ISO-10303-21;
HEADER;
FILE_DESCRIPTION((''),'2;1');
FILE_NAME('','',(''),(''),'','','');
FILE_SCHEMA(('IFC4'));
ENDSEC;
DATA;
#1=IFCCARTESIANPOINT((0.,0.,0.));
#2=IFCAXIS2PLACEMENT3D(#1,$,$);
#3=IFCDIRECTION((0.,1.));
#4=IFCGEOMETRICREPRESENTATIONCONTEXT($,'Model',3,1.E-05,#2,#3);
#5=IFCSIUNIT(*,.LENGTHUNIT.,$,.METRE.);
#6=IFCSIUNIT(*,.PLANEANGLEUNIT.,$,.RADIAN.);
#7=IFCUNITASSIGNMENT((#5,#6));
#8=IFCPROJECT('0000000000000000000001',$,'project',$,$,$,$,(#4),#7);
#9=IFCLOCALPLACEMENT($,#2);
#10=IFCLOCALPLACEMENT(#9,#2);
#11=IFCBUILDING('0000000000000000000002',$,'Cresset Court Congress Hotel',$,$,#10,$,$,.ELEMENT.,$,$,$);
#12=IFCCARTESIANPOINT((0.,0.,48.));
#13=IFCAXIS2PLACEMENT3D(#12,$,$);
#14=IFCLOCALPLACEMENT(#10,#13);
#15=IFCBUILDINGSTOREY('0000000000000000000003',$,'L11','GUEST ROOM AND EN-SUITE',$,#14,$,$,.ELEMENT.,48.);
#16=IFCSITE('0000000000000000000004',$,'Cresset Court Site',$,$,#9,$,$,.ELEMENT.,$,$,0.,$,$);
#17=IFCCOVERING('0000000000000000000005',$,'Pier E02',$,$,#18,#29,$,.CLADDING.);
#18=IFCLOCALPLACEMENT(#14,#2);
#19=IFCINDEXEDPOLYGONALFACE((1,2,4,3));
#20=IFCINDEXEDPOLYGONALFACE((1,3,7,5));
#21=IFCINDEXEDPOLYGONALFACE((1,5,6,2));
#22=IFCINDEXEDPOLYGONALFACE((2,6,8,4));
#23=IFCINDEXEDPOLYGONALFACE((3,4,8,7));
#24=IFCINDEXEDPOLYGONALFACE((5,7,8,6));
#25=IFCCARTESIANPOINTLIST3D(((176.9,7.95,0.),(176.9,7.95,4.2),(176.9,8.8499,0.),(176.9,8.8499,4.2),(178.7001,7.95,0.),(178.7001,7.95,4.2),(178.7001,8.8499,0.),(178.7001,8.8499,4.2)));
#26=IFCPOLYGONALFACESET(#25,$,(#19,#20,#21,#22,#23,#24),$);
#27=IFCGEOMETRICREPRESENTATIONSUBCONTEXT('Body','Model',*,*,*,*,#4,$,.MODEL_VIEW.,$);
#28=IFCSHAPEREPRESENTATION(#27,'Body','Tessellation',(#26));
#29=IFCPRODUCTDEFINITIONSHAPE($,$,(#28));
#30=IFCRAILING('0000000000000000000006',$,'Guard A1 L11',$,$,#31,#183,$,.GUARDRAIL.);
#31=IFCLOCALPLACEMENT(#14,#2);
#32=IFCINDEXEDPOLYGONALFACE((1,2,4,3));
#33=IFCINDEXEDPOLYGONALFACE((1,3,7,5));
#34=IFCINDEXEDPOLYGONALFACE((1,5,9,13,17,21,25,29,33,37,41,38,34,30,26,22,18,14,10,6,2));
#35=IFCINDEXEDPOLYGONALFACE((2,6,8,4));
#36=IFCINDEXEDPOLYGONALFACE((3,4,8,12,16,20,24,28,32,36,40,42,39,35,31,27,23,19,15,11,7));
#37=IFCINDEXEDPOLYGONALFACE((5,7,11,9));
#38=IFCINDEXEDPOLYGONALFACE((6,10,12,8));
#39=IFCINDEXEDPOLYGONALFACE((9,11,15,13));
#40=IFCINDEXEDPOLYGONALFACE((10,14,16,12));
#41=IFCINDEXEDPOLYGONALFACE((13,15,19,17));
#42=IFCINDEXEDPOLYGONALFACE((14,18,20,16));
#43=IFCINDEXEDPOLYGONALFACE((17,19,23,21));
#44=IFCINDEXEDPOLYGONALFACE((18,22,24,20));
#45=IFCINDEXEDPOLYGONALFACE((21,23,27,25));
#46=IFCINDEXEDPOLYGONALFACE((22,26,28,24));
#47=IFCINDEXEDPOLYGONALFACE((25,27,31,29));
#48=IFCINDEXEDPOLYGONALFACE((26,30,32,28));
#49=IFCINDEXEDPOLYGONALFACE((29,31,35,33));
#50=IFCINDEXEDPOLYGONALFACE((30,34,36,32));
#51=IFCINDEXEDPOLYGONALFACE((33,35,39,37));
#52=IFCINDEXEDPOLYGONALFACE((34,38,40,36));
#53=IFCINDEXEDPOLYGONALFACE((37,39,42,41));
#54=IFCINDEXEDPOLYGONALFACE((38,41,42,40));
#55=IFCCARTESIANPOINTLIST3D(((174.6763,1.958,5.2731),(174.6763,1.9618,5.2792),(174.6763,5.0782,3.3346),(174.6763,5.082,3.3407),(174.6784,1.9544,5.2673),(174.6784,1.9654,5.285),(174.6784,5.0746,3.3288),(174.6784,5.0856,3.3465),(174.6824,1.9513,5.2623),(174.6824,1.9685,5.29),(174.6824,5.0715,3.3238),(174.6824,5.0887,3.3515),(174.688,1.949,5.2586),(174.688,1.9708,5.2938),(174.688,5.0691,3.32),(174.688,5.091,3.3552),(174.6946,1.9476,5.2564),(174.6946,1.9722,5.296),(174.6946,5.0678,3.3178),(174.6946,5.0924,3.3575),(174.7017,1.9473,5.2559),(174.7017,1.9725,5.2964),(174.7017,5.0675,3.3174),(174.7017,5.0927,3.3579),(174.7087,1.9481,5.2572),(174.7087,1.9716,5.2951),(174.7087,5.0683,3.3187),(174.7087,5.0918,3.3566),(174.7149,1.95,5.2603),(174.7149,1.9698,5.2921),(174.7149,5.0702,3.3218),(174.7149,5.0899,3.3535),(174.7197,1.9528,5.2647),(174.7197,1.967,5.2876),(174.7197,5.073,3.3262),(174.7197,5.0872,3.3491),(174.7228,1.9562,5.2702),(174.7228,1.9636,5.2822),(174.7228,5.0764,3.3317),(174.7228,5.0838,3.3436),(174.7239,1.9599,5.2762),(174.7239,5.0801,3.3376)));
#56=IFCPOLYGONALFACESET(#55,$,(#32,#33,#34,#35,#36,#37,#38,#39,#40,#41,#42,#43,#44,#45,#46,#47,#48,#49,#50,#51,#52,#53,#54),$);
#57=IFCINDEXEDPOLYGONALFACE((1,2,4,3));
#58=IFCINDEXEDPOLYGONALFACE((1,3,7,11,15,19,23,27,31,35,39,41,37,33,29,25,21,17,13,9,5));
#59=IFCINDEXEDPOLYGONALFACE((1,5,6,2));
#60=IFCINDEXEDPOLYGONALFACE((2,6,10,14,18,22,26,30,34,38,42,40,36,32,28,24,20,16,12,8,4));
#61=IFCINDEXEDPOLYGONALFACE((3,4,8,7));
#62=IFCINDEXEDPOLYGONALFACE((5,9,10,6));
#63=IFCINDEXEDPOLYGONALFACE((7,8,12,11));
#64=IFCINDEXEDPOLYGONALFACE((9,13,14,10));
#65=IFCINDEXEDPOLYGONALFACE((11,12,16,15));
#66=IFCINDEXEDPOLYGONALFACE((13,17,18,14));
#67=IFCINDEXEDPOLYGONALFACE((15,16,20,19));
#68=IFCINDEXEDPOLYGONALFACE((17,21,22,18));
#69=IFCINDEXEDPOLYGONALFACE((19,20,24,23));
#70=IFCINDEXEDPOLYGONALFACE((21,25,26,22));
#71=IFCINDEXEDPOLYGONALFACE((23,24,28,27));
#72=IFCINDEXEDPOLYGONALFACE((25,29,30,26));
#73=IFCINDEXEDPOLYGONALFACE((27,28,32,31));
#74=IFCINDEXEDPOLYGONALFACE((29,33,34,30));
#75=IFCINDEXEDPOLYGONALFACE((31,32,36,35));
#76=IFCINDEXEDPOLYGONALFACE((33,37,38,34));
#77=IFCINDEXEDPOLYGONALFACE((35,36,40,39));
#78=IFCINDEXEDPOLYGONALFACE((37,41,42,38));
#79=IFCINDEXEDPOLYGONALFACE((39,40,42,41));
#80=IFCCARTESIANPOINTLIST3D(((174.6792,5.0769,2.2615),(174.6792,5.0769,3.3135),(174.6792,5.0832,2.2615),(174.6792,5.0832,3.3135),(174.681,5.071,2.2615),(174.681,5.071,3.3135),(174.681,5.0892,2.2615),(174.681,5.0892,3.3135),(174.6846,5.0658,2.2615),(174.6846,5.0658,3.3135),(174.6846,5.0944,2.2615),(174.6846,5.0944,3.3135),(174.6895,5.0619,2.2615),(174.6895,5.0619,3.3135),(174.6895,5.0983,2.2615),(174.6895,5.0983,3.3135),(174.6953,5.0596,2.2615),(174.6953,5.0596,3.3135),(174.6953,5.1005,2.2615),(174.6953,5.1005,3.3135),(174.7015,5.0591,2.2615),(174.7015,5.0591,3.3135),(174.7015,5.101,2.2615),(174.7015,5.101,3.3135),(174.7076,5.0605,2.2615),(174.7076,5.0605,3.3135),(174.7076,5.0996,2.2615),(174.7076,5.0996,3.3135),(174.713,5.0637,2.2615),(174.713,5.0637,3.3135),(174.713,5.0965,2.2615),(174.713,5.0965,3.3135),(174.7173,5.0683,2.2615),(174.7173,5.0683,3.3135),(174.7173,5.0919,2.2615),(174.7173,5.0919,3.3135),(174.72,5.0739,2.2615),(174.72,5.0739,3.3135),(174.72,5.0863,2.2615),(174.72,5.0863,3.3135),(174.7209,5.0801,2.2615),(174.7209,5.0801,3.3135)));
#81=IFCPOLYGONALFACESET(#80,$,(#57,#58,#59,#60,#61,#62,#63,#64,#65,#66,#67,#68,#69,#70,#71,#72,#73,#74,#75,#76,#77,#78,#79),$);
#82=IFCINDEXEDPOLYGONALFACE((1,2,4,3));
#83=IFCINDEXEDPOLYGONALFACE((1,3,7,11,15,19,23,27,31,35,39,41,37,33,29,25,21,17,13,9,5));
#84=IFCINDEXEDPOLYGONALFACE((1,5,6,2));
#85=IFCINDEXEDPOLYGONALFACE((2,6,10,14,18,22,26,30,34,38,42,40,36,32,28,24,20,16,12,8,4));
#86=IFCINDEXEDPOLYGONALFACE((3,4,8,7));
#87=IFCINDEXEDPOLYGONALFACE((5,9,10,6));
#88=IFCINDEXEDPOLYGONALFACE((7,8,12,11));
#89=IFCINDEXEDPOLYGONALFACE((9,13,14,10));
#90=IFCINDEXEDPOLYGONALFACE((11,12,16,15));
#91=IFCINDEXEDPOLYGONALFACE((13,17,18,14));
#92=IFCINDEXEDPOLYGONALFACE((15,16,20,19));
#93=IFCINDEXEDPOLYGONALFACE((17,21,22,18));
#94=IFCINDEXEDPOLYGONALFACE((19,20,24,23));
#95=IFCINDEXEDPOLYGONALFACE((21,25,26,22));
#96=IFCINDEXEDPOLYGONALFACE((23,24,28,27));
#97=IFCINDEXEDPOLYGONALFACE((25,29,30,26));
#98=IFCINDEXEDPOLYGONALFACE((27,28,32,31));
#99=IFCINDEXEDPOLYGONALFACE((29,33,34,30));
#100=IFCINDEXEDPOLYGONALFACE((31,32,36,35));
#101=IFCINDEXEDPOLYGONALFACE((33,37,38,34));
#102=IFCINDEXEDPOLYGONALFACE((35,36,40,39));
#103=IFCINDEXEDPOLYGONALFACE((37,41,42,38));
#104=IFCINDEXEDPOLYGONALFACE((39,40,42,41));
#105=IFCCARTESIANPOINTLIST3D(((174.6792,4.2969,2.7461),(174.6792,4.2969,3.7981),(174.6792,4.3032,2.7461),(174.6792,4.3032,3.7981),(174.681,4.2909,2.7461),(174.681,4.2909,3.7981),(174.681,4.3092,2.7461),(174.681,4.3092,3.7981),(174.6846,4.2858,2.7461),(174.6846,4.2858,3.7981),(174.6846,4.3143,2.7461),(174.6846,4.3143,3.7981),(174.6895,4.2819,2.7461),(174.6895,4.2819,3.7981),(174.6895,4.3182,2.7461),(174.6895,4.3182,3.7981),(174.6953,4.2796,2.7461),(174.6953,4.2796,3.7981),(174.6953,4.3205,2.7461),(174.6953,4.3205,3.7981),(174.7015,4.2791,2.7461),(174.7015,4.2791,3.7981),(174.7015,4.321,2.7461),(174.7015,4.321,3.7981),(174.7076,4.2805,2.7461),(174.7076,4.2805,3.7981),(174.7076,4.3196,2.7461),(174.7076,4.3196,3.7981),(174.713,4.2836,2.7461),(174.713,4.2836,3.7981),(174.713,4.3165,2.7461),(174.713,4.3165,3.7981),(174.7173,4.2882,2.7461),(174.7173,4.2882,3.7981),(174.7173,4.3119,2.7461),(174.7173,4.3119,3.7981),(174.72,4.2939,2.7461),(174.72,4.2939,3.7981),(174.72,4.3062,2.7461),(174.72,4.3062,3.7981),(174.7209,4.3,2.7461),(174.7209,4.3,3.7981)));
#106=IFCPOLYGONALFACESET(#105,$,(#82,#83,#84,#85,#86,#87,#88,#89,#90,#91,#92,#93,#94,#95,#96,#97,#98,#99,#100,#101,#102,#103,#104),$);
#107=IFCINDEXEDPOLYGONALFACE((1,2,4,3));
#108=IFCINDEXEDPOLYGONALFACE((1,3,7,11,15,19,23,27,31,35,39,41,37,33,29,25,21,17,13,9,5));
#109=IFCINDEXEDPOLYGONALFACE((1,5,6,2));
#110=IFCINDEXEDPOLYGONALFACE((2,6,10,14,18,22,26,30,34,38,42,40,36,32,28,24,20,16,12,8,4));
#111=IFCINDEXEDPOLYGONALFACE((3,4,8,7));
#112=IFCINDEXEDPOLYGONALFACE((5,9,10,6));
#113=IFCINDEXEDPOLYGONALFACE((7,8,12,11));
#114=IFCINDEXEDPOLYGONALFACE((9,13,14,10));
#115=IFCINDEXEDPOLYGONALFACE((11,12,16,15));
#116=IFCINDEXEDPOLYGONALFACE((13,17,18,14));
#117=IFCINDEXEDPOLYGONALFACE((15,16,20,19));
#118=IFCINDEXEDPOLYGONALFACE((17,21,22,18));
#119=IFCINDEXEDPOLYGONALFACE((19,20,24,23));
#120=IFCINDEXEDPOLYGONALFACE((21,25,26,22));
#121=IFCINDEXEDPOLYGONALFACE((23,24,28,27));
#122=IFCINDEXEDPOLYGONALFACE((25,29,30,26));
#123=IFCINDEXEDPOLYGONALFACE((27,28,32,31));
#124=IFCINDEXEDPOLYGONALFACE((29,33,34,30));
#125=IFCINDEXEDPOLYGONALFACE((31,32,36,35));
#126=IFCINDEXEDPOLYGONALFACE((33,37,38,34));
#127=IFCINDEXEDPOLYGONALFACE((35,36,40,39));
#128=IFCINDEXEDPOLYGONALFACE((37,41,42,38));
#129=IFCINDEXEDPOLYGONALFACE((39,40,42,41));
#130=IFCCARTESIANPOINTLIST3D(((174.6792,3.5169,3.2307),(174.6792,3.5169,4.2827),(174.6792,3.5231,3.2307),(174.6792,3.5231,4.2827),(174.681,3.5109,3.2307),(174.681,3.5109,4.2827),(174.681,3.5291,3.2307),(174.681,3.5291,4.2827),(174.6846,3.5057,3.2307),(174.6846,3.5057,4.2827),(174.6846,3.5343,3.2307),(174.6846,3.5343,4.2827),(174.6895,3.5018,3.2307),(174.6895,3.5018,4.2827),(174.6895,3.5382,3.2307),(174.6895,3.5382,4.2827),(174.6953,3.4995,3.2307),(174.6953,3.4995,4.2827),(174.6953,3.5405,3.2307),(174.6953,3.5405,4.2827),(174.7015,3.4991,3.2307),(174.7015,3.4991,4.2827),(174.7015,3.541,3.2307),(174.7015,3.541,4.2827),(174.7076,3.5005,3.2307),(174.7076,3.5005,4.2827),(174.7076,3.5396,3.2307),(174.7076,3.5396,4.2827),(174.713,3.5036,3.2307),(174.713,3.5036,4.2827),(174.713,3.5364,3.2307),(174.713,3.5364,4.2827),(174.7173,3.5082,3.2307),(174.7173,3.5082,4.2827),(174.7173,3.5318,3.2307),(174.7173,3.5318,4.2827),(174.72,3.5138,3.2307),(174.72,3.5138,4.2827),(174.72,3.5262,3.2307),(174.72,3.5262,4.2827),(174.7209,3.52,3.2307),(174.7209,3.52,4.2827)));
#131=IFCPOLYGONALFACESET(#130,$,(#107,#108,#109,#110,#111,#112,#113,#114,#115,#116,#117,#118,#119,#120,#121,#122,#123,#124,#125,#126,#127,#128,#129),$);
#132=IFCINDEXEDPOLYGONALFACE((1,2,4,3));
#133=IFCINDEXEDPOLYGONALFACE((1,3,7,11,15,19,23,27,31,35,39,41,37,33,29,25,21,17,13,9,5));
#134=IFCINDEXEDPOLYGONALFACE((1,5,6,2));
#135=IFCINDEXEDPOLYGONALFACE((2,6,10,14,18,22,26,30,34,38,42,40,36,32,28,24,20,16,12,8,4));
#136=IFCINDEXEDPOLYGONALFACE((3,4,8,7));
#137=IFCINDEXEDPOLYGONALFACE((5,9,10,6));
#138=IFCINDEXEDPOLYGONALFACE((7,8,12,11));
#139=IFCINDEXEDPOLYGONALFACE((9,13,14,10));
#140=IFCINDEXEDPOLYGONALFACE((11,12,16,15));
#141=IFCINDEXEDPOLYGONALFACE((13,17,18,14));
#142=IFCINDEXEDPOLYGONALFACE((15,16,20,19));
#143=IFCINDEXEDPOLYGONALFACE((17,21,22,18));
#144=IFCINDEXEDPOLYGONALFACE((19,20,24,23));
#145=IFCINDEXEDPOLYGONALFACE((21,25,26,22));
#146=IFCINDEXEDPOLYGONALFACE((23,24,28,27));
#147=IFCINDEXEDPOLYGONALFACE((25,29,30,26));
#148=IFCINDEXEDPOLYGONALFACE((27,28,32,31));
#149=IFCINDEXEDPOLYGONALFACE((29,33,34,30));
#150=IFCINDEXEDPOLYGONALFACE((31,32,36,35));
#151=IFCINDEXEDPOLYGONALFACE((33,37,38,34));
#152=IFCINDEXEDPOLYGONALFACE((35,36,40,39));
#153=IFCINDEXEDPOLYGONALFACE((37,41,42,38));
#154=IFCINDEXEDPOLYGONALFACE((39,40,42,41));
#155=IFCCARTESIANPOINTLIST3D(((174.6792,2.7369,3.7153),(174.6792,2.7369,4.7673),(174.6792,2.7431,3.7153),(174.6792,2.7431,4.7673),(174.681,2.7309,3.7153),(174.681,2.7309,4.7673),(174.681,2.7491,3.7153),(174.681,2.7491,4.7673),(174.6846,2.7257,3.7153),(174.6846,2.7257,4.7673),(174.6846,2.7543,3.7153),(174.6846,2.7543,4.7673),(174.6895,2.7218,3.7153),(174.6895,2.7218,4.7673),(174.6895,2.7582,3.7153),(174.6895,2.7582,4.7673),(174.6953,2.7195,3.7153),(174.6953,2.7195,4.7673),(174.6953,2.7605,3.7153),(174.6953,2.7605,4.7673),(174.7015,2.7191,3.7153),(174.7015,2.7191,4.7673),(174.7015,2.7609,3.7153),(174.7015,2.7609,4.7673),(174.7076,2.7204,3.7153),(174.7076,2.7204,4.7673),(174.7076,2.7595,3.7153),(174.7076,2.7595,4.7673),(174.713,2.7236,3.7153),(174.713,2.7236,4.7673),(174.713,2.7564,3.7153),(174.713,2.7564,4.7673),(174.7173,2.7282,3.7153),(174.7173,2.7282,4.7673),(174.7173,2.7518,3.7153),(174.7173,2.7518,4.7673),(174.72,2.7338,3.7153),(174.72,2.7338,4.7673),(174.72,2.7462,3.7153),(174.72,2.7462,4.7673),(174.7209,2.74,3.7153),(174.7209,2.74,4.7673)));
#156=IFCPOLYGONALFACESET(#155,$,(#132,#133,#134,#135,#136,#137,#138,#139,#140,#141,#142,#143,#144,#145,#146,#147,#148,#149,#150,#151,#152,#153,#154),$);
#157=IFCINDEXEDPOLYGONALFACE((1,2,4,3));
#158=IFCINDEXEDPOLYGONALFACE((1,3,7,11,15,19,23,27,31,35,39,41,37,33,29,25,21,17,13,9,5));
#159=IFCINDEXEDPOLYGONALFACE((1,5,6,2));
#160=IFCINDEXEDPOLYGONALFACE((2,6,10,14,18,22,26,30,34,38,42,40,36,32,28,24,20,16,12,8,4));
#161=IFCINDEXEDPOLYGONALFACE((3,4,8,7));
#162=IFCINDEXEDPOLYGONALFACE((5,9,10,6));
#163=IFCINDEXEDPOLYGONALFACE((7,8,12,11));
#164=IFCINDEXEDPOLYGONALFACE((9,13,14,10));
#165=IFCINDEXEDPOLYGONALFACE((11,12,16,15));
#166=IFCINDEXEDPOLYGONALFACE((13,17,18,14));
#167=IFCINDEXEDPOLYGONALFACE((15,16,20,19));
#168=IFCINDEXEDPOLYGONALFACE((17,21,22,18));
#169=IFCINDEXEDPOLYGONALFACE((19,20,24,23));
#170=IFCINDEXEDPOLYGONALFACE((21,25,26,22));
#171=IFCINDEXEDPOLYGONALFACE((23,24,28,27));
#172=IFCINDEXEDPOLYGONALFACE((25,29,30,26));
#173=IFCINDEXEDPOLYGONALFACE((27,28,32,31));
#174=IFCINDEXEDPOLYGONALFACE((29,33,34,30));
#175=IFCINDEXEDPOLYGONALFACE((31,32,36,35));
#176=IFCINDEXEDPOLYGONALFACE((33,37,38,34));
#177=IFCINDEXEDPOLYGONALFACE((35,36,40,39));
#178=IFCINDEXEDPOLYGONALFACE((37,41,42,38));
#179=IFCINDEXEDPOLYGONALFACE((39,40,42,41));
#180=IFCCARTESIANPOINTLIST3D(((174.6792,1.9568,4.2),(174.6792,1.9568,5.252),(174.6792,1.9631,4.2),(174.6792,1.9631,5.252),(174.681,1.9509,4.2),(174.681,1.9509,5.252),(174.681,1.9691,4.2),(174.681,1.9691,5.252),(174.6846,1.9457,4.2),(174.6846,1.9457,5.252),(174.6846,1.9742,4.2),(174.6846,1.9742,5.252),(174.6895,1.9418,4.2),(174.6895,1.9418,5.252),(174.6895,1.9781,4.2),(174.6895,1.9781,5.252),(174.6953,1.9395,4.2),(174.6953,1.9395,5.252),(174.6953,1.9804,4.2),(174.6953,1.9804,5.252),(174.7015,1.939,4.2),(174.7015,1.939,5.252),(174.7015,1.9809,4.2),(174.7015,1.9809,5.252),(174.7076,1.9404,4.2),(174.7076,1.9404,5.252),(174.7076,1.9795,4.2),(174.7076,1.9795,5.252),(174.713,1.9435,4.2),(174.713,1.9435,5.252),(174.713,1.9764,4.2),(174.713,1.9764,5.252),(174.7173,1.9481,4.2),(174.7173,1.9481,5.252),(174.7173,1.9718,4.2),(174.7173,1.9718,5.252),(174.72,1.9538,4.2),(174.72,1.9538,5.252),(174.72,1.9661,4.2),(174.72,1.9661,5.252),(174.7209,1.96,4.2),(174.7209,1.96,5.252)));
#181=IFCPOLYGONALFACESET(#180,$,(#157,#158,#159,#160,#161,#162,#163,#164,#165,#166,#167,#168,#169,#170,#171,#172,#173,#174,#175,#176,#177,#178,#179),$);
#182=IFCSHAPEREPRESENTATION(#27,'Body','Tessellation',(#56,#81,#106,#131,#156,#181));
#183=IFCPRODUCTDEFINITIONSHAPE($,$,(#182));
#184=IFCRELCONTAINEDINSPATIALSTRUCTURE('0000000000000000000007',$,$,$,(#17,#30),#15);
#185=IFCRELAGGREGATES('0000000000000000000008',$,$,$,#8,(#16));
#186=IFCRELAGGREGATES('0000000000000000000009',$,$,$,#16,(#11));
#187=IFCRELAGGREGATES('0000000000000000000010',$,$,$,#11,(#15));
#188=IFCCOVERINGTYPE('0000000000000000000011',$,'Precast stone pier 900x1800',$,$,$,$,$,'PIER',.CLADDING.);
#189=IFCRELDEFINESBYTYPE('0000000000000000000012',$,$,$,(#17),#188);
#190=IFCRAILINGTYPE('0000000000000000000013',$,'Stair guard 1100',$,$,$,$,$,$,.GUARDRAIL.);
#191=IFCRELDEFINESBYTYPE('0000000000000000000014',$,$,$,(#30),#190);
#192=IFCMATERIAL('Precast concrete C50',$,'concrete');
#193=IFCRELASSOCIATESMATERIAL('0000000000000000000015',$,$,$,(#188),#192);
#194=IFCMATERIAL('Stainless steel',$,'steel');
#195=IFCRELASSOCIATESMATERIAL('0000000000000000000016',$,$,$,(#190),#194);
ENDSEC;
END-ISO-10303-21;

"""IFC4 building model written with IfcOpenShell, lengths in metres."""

from ifc_helpers import new_model, si_unit, direction, frame, origin, origin_2d, place, context, subcontext, project, spatial, rectangle, circle, extrude, material, type_object, element, save


model = new_model("IFC4")

# Units and contexts
model_context = context("Model", 3, precision=1e-05, world=origin(), true_north=direction((0.0, 1.0)))
body_context = subcontext(model_context, "Body", "Model", "MODEL_VIEW")
ifc_project = project(units=[si_unit("LENGTHUNIT", "METRE"), si_unit("PLANEANGLEUNIT", "RADIAN")], contexts=[model_context])

# Site, building, storey
site_placement = place(None, origin())
site = spatial("IfcSite", under=ifc_project, at=site_placement, Name="Cresset Court Site", CompositionType="ELEMENT", RefElevation=0.0)
building_placement = place(site_placement, origin())
building = spatial("IfcBuilding", under=site, at=building_placement, Name="Cresset Court Congress Hotel", CompositionType="ELEMENT")
storey_placement = place(building_placement, frame((0.0, 0.0, 48.0)))
storey = spatial("IfcBuildingStorey", under=building, at=storey_placement, Name="L11", Description="GUEST ROOM AND EN-SUITE", CompositionType="ELEMENT", Elevation=48.0)

# Covering
ifc_material_1 = material(Name="Precast concrete C50", Category="concrete")
covering_type_1 = type_object("IfcCoveringType", Name="Precast stone pier 900x1800", ElementType="PIER", PredefinedType="CLADDING", material=ifc_material_1)
covering_placement = place(storey_placement, frame((177.8, 8.3999, 0.0), z_axis=(0.0, 0.0, 1.0), x_axis=(1.0, 0.0, 0.0)))
element("IfcCovering", 1, at=covering_placement, inside=storey, type_object=covering_type_1, Name="Pier E02", PredefinedType="CLADDING", context=body_context, shape_type="SweptSolid", body=[
    extrude(rectangle(XDim=1.8, YDim=0.8999, at=origin_2d()), origin(), (0.0, 0.0, 1.0), 4.2),
])

# Railing
ifc_material_2 = material(Name="Stainless steel", Category="steel")
railing_type_1 = type_object("IfcRailingType", Name="Stair guard 1100", PredefinedType="GUARDRAIL", material=ifc_material_2)
railing_1_placement = place(storey_placement, frame((174.7, 5.0801, 2.2615)))
element("IfcRailing", 2, at=railing_1_placement, inside=storey, type_object=railing_type_1, Name="Guard A1 L11", PredefinedType="GUARDRAIL", context=body_context, shape_type="SweptSolid", body=[
    extrude(circle(Radius=0.0239, at=origin_2d()), frame((0.0, 0.0, 1.0762), z_axis=(0.0, -0.849414, 0.527727), x_axis=(1.0, 0.0, 0.0)), (0.0, 0.0, 1.0), 3.6733),
    extrude(circle(Radius=0.021, at=origin_2d()), origin(), (0.0, 0.0, 1.0), 1.052),
    extrude(circle(Radius=0.021, at=origin_2d()), frame((0.0, -0.78, 0.4846)), (0.0, 0.0, 1.0), 1.052),
    extrude(circle(Radius=0.021, at=origin_2d()), frame((0.0, -1.5601, 0.9692)), (0.0, 0.0, 1.0), 1.052),
    extrude(circle(Radius=0.021, at=origin_2d()), frame((0.0, -2.3401, 1.4539)), (0.0, 0.0, 1.0), 1.052),
    extrude(circle(Radius=0.021, at=origin_2d()), frame((0.0, -3.1201, 1.9385)), (0.0, 0.0, 1.0), 1.052),
])

save(model, "model.ifc")
